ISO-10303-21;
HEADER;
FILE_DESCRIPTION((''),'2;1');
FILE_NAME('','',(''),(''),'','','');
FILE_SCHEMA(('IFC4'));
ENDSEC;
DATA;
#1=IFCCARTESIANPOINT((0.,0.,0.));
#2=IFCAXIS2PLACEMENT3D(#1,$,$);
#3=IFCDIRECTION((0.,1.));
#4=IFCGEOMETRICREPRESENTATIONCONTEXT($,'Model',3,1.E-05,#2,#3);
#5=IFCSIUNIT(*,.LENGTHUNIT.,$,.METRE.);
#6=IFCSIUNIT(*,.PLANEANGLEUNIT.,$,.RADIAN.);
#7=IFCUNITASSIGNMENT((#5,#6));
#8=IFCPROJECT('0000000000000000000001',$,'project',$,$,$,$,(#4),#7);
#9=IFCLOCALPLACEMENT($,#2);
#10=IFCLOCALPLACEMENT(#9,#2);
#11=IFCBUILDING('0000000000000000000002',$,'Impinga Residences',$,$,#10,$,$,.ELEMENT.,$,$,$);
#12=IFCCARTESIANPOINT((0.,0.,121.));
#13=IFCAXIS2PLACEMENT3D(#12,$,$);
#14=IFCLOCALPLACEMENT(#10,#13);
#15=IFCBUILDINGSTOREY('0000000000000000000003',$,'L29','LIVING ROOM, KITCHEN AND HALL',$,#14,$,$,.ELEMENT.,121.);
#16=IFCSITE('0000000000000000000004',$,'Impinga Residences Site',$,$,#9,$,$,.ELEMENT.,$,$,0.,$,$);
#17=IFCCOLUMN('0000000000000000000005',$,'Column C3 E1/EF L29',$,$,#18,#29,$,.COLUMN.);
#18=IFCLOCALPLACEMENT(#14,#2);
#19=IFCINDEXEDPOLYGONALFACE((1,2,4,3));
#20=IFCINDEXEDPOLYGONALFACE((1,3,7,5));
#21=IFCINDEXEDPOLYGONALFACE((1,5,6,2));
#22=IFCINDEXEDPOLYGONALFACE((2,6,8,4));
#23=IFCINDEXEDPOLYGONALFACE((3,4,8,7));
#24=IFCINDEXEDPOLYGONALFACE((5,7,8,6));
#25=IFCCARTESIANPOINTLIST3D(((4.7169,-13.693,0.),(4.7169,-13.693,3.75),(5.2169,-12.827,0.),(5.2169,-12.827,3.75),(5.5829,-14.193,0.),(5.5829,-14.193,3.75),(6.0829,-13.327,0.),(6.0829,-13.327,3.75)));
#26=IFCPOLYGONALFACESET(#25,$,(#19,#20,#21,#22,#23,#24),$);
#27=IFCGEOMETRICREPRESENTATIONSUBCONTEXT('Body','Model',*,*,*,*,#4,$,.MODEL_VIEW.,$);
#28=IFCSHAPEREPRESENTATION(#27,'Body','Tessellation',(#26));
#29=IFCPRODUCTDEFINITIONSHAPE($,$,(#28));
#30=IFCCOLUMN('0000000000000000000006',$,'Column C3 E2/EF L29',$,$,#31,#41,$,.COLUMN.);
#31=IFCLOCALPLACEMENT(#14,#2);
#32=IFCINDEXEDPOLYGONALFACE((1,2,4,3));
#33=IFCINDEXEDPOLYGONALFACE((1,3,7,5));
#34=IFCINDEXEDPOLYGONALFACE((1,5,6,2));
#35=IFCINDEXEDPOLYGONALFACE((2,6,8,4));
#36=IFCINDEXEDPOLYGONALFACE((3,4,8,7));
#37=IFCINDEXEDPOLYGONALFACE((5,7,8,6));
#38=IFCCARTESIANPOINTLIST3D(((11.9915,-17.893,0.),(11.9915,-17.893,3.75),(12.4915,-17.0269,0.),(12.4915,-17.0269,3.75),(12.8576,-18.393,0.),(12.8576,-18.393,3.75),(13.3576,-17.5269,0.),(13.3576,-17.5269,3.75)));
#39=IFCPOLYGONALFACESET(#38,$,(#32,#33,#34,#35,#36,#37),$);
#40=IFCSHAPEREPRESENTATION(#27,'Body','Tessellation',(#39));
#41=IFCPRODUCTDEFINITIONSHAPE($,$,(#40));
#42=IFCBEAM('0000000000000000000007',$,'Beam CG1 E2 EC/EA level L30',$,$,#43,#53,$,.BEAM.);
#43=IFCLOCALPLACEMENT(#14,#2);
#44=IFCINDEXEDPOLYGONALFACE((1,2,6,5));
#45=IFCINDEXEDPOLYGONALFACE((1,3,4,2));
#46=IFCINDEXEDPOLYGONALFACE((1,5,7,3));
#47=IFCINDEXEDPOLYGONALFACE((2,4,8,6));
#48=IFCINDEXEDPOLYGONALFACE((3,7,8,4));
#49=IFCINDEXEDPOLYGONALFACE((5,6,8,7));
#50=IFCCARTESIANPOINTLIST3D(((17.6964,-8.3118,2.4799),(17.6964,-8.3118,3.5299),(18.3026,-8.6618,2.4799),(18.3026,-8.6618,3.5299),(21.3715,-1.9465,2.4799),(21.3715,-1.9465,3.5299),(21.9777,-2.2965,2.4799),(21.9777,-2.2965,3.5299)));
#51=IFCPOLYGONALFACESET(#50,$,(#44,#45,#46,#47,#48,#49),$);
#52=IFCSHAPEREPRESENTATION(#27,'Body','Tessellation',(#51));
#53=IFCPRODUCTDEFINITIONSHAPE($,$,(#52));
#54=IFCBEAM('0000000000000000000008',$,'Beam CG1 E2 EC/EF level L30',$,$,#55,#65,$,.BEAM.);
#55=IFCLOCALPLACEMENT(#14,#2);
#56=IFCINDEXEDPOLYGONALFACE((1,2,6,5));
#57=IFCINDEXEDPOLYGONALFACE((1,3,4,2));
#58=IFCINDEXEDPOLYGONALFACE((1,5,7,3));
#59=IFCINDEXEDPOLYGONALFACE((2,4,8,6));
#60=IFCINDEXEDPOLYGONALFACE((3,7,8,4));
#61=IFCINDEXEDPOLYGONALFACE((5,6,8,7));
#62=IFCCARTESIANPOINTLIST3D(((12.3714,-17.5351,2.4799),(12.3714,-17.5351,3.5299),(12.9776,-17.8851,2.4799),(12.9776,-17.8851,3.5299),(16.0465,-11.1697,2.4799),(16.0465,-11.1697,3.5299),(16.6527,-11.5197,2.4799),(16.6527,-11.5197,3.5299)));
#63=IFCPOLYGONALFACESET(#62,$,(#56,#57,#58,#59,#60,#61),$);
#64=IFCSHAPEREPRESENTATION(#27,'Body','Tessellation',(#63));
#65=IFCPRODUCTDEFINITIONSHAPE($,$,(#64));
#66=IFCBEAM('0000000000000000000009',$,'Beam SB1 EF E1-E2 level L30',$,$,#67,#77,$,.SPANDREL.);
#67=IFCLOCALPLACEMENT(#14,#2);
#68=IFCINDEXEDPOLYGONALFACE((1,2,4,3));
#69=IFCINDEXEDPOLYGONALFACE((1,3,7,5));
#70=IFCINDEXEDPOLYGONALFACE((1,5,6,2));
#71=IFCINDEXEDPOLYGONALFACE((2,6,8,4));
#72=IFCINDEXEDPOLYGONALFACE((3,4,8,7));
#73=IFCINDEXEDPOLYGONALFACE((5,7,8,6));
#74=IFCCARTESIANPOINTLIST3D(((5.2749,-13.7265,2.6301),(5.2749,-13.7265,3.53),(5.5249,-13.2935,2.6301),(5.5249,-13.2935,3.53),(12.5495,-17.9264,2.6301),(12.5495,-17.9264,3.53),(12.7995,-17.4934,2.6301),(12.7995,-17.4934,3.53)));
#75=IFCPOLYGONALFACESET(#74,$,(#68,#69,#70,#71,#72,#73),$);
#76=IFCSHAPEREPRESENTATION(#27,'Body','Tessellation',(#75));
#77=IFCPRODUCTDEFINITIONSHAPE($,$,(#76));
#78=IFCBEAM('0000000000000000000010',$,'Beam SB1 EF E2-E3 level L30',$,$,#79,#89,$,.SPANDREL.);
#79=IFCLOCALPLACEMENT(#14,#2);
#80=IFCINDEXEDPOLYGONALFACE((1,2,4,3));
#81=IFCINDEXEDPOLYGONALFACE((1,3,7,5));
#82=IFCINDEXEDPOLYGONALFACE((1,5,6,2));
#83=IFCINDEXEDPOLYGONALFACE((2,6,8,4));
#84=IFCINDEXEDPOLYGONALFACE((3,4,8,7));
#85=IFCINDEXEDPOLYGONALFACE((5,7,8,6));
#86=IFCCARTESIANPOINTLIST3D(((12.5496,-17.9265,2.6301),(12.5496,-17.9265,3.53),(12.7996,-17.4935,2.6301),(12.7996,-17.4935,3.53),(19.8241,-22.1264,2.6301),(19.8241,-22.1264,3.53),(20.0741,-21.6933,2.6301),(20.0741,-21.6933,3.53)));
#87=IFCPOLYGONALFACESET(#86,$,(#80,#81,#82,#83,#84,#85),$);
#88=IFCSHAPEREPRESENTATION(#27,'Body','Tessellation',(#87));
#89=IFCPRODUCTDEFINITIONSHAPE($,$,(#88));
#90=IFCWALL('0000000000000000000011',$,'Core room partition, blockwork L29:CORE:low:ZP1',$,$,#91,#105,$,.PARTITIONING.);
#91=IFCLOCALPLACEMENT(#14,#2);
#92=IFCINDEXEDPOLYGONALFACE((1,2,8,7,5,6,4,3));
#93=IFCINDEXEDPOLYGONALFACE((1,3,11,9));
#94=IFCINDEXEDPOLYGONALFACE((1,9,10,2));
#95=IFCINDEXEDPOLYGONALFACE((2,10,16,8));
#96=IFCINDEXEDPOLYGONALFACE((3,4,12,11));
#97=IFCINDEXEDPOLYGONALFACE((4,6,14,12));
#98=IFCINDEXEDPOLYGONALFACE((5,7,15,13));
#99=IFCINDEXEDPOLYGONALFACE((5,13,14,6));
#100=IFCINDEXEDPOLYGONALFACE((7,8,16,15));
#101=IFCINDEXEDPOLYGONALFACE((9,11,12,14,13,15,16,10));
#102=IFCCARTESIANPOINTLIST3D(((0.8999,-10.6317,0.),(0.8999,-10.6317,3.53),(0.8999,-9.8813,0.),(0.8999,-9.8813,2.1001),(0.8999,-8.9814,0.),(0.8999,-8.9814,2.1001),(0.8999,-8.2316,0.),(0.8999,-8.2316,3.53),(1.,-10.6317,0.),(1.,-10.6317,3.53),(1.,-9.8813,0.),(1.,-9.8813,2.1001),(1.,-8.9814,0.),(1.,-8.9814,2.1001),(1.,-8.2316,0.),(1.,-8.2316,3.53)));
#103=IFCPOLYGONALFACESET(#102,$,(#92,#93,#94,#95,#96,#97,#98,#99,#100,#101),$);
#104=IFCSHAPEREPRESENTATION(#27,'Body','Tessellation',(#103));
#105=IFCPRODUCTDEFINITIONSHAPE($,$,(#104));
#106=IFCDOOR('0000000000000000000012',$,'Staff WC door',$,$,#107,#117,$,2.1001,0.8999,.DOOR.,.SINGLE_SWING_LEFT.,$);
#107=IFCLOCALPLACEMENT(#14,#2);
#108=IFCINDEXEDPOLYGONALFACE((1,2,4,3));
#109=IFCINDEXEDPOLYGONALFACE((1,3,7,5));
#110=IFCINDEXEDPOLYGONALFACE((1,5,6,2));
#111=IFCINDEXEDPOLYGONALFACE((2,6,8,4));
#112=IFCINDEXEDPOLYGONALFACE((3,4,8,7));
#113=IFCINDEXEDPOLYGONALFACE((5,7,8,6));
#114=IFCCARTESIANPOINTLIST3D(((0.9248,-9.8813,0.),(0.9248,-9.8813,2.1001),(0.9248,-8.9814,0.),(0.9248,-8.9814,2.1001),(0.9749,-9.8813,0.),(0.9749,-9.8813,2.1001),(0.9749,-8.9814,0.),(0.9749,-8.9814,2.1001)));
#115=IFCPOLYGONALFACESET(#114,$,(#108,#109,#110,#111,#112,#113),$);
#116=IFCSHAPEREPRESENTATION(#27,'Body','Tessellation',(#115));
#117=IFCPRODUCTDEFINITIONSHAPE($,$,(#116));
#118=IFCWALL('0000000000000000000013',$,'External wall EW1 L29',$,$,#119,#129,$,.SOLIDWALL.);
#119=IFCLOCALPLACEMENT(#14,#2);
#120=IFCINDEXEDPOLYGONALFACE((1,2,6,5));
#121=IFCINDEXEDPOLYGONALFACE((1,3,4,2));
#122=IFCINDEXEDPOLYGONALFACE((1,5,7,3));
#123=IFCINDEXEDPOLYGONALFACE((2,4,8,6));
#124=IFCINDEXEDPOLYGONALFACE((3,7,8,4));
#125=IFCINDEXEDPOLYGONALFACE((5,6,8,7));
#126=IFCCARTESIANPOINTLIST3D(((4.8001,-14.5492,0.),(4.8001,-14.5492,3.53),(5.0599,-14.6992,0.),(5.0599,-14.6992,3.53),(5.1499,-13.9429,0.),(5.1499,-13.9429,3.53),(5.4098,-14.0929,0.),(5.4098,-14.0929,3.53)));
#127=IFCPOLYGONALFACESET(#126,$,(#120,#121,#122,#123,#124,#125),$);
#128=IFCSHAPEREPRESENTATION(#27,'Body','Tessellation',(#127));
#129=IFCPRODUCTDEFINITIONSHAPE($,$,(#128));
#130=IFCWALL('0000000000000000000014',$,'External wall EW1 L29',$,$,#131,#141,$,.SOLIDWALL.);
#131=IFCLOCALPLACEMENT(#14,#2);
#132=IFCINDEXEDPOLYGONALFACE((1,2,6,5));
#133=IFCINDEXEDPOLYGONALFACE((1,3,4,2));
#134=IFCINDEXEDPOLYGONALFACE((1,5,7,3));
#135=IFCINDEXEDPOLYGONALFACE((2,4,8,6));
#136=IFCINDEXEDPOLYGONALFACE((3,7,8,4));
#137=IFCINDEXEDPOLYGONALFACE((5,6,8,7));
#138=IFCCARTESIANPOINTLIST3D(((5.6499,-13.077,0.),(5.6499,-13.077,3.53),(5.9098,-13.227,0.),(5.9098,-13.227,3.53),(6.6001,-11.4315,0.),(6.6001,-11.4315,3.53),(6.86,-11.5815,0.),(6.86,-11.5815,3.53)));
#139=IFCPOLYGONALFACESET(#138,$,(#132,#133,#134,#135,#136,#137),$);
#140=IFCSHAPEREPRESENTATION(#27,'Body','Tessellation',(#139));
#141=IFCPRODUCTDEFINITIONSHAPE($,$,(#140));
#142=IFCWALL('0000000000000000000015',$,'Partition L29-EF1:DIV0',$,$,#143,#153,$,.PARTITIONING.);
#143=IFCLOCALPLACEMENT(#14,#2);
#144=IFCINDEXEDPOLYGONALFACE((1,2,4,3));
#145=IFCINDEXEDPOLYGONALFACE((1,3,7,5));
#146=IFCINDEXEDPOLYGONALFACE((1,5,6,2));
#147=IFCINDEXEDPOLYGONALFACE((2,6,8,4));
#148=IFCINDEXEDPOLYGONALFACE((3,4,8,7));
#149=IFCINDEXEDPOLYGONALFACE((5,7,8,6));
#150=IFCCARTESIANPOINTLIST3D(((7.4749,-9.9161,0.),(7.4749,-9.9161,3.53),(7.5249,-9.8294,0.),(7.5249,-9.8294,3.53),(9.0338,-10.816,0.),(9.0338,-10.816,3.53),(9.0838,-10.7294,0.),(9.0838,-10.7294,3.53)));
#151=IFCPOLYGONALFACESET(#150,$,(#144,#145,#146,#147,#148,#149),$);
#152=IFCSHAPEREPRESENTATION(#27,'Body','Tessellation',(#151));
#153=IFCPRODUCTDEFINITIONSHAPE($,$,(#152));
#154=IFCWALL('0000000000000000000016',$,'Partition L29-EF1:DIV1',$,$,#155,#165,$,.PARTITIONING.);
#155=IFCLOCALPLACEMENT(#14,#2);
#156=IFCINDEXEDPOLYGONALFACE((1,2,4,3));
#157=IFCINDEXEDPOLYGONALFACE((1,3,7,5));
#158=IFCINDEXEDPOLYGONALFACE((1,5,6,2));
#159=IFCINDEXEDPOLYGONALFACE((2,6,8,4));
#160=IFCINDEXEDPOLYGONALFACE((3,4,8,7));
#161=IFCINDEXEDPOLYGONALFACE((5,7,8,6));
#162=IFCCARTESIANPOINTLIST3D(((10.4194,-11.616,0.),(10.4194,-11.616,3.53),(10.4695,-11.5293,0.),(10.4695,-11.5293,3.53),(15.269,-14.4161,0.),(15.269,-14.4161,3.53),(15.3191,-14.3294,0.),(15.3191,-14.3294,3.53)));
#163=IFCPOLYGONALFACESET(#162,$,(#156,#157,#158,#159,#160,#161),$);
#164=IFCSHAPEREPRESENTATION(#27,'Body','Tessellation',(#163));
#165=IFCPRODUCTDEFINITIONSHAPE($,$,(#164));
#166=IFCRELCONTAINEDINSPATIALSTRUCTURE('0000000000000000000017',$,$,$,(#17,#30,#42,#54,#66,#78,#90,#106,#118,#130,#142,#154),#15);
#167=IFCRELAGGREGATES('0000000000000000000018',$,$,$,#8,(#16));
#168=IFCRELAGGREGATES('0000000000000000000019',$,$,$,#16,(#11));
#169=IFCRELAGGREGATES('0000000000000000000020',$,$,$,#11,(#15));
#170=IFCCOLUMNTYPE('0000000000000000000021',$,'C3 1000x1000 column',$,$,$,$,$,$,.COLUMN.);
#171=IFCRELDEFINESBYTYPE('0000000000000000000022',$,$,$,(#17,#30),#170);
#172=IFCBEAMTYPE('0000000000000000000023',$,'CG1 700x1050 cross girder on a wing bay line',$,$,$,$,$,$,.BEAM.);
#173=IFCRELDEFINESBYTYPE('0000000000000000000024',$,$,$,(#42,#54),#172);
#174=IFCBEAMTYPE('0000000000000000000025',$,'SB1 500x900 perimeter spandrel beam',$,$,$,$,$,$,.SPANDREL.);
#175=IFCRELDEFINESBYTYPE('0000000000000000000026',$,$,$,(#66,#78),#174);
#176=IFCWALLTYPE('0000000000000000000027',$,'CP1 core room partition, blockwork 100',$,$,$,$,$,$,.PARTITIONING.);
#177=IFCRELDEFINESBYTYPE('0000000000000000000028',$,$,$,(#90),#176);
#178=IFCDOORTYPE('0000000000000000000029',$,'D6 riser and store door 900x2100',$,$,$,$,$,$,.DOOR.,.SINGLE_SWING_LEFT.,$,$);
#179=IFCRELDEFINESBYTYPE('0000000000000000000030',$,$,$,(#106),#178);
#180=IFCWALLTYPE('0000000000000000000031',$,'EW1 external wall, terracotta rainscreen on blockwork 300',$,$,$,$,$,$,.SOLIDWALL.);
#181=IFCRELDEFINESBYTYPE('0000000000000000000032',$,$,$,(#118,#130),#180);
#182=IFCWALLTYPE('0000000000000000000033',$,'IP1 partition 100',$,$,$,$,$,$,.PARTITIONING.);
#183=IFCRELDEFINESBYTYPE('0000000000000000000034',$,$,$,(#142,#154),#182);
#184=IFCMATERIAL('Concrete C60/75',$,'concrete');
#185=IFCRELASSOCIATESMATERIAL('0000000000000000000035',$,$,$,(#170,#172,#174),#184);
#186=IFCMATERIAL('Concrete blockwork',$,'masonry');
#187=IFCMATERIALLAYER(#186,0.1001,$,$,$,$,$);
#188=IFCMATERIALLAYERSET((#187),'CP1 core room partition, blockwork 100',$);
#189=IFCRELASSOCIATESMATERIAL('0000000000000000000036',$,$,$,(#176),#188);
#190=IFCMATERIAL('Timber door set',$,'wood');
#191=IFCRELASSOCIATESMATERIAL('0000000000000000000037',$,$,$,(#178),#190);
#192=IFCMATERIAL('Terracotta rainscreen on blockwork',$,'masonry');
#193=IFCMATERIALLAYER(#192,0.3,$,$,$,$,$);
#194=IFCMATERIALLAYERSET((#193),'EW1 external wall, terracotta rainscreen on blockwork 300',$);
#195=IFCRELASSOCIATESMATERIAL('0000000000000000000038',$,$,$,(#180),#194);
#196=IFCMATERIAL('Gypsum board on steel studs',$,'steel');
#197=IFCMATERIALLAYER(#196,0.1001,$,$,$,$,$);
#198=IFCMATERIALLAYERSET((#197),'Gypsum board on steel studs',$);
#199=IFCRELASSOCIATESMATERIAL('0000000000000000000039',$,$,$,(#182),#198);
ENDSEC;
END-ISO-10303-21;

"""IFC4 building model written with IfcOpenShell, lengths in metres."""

from ifc_helpers import new_model, si_unit, direction, frame, frame_2d, origin, origin_2d, place, context, subcontext, project, spatial, rectangle, extrude, material, layer, layer_set, material_profile, profile_set, type_object, element, fill, save


model = new_model("IFC4")

# Units and contexts
model_context = context("Model", 3, precision=1e-05, world=origin(), true_north=direction((0.0, 1.0)))
body_context = subcontext(model_context, "Body", "Model", "MODEL_VIEW")
ifc_project = project(units=[si_unit("LENGTHUNIT", "METRE"), si_unit("PLANEANGLEUNIT", "RADIAN")], contexts=[model_context])

# Site, building, storey
site_placement = place(None, origin())
site = spatial("IfcSite", under=ifc_project, at=site_placement, Name="Impinga Residences Site", CompositionType="ELEMENT", RefElevation=0.0)
building_placement = place(site_placement, origin())
building = spatial("IfcBuilding", under=site, at=building_placement, Name="Impinga Residences", CompositionType="ELEMENT")
storey_placement = place(building_placement, frame((0.0, 0.0, 121.0)))
storey = spatial("IfcBuildingStorey", under=building, at=storey_placement, Name="L29", Description="LIVING ROOM, KITCHEN AND HALL", CompositionType="ELEMENT", Elevation=121.0)

# Columns
ifc_material_1 = material(Name="Concrete C60/75", Category="concrete")
ifc_material_profile_1 = material_profile(ifc_material_1, rectangle(XDim=1.0, YDim=1.0, at=origin_2d()), Name="RC 1000x1000")
ifc_profile_set_1 = profile_set([ifc_material_profile_1], Name="Concrete C60/75")
column_type = type_object("IfcColumnType", Name="C3 1000x1000 column", PredefinedType="COLUMN", material=ifc_profile_set_1)
for number, where, z_axis, x_axis, name in (
    (1, (5.3999, -13.51, 0.0), (0.0, 0.0, 1.0), (-0.5, -0.866025, 0.0), "Column C3 E1/EF L29"),
    (2, (12.6746, -17.71, 0.0), (0.0, 0.0, 1.0), (-0.5, -0.866025, 0.0), "Column C3 E2/EF L29"),
):
    element("IfcColumn", number, at=place(storey_placement, frame(where, z_axis=z_axis, x_axis=x_axis)), inside=storey, type_object=column_type, Name=name, PredefinedType="COLUMN", context=body_context, shape_type="SweptSolid", body=[
        extrude(rectangle(XDim=1.0, YDim=1.0, at=origin_2d()), origin(), (0.0, 0.0, 1.0), 3.75),
    ])

# Beams
ifc_material_profile_2 = material_profile(ifc_material_1, rectangle(XDim=0.7, YDim=1.05, at=origin_2d()), Name="RC 700x1050")
ifc_profile_set_2 = profile_set([ifc_material_profile_2], Name="Concrete C60/75")
beam_type_1 = type_object("IfcBeamType", Name="CG1 700x1050 cross girder on a wing bay line", PredefinedType="BEAM", material=ifc_profile_set_2)
for number, where, z_axis, x_axis, name in (
    (3, (17.9995, -8.4868, 3.0049), (0.500008, 0.866021, 0.0), (-0.866021, 0.500008, 0.0), "Beam CG1 E2 EC/EA level L30"),
    (4, (16.3496, -11.3447, 3.0049), (-0.500008, -0.866021, 0.0), (0.866021, -0.500008, 0.0), "Beam CG1 E2 EC/EF level L30"),
):
    element("IfcBeam", number, at=place(storey_placement, frame(where, z_axis=z_axis, x_axis=x_axis)), inside=storey, type_object=beam_type_1, Name=name, PredefinedType="BEAM", context=body_context, shape_type="SweptSolid", body=[
        extrude(rectangle(XDim=0.7, YDim=1.05, at=origin_2d()), origin(), (0.0, 0.0, 1.0), 7.3501),
    ])
ifc_material_profile_3 = material_profile(ifc_material_1, rectangle(XDim=0.5, YDim=0.8999, at=origin_2d()), Name="RC 500x900")
ifc_profile_set_3 = profile_set([ifc_material_profile_3], Name="Concrete C60/75")
beam_type_2 = type_object("IfcBeamType", Name="SB1 500x900 perimeter spandrel beam", PredefinedType="SPANDREL", material=ifc_profile_set_3)
for number, where, z_axis, x_axis, name in (
    (5, (5.3999, -13.51, 3.0801), (0.866029, -0.499993, 0.0), (0.499993, 0.866029, 0.0), "Beam SB1 EF E1-E2 level L30"),
    (6, (12.6746, -17.71, 3.0801), (0.866029, -0.499993, 0.0), (0.499993, 0.866029, 0.0), "Beam SB1 EF E2-E3 level L30"),
):
    element("IfcBeam", number, at=place(storey_placement, frame(where, z_axis=z_axis, x_axis=x_axis)), inside=storey, type_object=beam_type_2, Name=name, PredefinedType="SPANDREL", context=body_context, shape_type="SweptSolid", body=[
        extrude(rectangle(XDim=0.5, YDim=0.8999, at=origin_2d()), origin(), (0.0, 0.0, 1.0), 8.3999),
    ])

# Wall, opening, door
ifc_material_2 = material(Name="Concrete blockwork", Category="masonry")
ifc_layer_1 = layer(ifc_material_2, 0.1001)
ifc_layer_set_1 = layer_set([ifc_layer_1], Name="CP1 core room partition, blockwork 100")
wall_type_1 = type_object("IfcWallType", Name="CP1 core room partition, blockwork 100", PredefinedType="PARTITIONING", material=ifc_layer_set_1)
wall_1_placement = place(storey_placement, frame((0.95, -8.2314, 0.0), z_axis=(0.0, 0.0, 1.0), x_axis=(0.0, -1.0, 0.0)))
wall_1 = element("IfcWall", 7, at=wall_1_placement, inside=storey, type_object=wall_type_1, Name="Core room partition, blockwork L29:CORE:low:ZP1", PredefinedType="PARTITIONING", context=body_context, shape_type="SweptSolid", body=[
    extrude(rectangle(XDim=2.4001, YDim=0.1001, at=frame_2d((1.2002, 0.0))), origin(), (0.0, 0.0, 1.0), 3.53),
])
opening_1_placement = place(wall_1_placement, frame((0.75, 0.0, 0.0)))
opening_1 = element("IfcOpeningElement", 8, at=opening_1_placement, cuts=wall_1, PredefinedType="OPENING", context=body_context, shape_type="SweptSolid", body=[
    extrude(rectangle(XDim=0.8999, YDim=2.1001, at=frame_2d((0.45, 1.05))), frame((0.0, 0.0601, 0.0), z_axis=(0.0, -1.0, 0.0), x_axis=(1.0, 0.0, 0.0)), (0.0, 0.0, 1.0), 0.1201),
])
ifc_material_3 = material(Name="Timber door set", Category="wood")
door_type_1 = type_object("IfcDoorType", Name="D6 riser and store door 900x2100", OperationType="SINGLE_SWING_LEFT", PredefinedType="DOOR", material=ifc_material_3)
door_1_placement = place(opening_1_placement, origin())
door_1 = element("IfcDoor", 9, at=door_1_placement, inside=storey, type_object=door_type_1, Name="Staff WC door", OperationType="SINGLE_SWING_LEFT", OverallHeight=2.1001, OverallWidth=0.8999, PredefinedType="DOOR", context=body_context, shape_type="SweptSolid", body=[
    extrude(rectangle(XDim=0.8999, YDim=2.1001, at=frame_2d((0.45, 1.05))), frame((0.0, 0.0249, 0.0), z_axis=(0.0, -1.0, 0.0), x_axis=(1.0, 0.0, 0.0)), (0.0, 0.0, 1.0), 0.05),
])
fill(opening_1, door_1)

# Walls
ifc_material_4 = material(Name="Terracotta rainscreen on blockwork", Category="masonry")
ifc_layer_2 = layer(ifc_material_4, 0.3)
ifc_layer_set_2 = layer_set([ifc_layer_2], Name="EW1 external wall, terracotta rainscreen on blockwork 300")
wall_type_2 = type_object("IfcWallType", Name="EW1 external wall, terracotta rainscreen on blockwork 300", PredefinedType="SOLIDWALL", material=ifc_layer_set_2)
wall_2_placement = place(storey_placement, frame((4.9299, -14.6243, 0.0), z_axis=(0.0, 0.0, 1.0), x_axis=(0.499853, 0.86611, 0.0)))
element("IfcWall", 10, at=wall_2_placement, inside=storey, type_object=wall_type_2, Name="External wall EW1 L29", PredefinedType="SOLIDWALL", context=body_context, shape_type="SweptSolid", body=[
    extrude(rectangle(XDim=0.7, YDim=0.3, at=frame_2d((0.3501, 0.0))), origin(), (0.0, 0.0, 1.0), 3.53),
])
wall_3_placement = place(storey_placement, frame((5.7798, -13.1521, 0.0), z_axis=(0.0, 0.0, 1.0), x_axis=(0.500064, 0.865989, 0.0)))
element("IfcWall", 11, at=wall_3_placement, inside=storey, type_object=wall_type_2, Name="External wall EW1 L29", PredefinedType="SOLIDWALL", context=body_context, shape_type="SweptSolid", body=[
    extrude(rectangle(XDim=1.9001, YDim=0.3, at=frame_2d((0.9502, 0.0))), origin(), (0.0, 0.0, 1.0), 3.53),
])
ifc_material_5 = material(Name="Gypsum board on steel studs", Category="steel")
ifc_layer_3 = layer(ifc_material_5, 0.1001)
ifc_layer_set_3 = layer_set([ifc_layer_3], Name="Gypsum board on steel studs")
wall_type_3 = type_object("IfcWallType", Name="IP1 partition 100", PredefinedType="PARTITIONING", material=ifc_layer_set_3)
wall_4_placement = place(storey_placement, frame((7.5, -9.8728, 0.0), z_axis=(0.0, 0.0, 1.0), x_axis=(0.866048, -0.499961, 0.0)))
element("IfcWall", 12, at=wall_4_placement, inside=storey, type_object=wall_type_3, Name="Partition L29-EF1:DIV0", PredefinedType="PARTITIONING", context=body_context, shape_type="SweptSolid", body=[
    extrude(rectangle(XDim=1.8, YDim=0.1001, at=frame_2d((0.8999, 0.0))), origin(), (0.0, 0.0, 1.0), 3.53),
])
wall_5_placement = place(storey_placement, frame((10.4446, -11.5728, 0.0), z_axis=(0.0, 0.0, 1.0), x_axis=(0.866016, -0.500017, 0.0)))
element("IfcWall", 13, at=wall_5_placement, inside=storey, type_object=wall_type_3, Name="Partition L29-EF1:DIV1", PredefinedType="PARTITIONING", context=body_context, shape_type="SweptSolid", body=[
    extrude(rectangle(XDim=5.5999, YDim=0.1001, at=frame_2d((2.7998, 0.0))), origin(), (0.0, 0.0, 1.0), 3.53),
])

save(model, "model.ifc")
